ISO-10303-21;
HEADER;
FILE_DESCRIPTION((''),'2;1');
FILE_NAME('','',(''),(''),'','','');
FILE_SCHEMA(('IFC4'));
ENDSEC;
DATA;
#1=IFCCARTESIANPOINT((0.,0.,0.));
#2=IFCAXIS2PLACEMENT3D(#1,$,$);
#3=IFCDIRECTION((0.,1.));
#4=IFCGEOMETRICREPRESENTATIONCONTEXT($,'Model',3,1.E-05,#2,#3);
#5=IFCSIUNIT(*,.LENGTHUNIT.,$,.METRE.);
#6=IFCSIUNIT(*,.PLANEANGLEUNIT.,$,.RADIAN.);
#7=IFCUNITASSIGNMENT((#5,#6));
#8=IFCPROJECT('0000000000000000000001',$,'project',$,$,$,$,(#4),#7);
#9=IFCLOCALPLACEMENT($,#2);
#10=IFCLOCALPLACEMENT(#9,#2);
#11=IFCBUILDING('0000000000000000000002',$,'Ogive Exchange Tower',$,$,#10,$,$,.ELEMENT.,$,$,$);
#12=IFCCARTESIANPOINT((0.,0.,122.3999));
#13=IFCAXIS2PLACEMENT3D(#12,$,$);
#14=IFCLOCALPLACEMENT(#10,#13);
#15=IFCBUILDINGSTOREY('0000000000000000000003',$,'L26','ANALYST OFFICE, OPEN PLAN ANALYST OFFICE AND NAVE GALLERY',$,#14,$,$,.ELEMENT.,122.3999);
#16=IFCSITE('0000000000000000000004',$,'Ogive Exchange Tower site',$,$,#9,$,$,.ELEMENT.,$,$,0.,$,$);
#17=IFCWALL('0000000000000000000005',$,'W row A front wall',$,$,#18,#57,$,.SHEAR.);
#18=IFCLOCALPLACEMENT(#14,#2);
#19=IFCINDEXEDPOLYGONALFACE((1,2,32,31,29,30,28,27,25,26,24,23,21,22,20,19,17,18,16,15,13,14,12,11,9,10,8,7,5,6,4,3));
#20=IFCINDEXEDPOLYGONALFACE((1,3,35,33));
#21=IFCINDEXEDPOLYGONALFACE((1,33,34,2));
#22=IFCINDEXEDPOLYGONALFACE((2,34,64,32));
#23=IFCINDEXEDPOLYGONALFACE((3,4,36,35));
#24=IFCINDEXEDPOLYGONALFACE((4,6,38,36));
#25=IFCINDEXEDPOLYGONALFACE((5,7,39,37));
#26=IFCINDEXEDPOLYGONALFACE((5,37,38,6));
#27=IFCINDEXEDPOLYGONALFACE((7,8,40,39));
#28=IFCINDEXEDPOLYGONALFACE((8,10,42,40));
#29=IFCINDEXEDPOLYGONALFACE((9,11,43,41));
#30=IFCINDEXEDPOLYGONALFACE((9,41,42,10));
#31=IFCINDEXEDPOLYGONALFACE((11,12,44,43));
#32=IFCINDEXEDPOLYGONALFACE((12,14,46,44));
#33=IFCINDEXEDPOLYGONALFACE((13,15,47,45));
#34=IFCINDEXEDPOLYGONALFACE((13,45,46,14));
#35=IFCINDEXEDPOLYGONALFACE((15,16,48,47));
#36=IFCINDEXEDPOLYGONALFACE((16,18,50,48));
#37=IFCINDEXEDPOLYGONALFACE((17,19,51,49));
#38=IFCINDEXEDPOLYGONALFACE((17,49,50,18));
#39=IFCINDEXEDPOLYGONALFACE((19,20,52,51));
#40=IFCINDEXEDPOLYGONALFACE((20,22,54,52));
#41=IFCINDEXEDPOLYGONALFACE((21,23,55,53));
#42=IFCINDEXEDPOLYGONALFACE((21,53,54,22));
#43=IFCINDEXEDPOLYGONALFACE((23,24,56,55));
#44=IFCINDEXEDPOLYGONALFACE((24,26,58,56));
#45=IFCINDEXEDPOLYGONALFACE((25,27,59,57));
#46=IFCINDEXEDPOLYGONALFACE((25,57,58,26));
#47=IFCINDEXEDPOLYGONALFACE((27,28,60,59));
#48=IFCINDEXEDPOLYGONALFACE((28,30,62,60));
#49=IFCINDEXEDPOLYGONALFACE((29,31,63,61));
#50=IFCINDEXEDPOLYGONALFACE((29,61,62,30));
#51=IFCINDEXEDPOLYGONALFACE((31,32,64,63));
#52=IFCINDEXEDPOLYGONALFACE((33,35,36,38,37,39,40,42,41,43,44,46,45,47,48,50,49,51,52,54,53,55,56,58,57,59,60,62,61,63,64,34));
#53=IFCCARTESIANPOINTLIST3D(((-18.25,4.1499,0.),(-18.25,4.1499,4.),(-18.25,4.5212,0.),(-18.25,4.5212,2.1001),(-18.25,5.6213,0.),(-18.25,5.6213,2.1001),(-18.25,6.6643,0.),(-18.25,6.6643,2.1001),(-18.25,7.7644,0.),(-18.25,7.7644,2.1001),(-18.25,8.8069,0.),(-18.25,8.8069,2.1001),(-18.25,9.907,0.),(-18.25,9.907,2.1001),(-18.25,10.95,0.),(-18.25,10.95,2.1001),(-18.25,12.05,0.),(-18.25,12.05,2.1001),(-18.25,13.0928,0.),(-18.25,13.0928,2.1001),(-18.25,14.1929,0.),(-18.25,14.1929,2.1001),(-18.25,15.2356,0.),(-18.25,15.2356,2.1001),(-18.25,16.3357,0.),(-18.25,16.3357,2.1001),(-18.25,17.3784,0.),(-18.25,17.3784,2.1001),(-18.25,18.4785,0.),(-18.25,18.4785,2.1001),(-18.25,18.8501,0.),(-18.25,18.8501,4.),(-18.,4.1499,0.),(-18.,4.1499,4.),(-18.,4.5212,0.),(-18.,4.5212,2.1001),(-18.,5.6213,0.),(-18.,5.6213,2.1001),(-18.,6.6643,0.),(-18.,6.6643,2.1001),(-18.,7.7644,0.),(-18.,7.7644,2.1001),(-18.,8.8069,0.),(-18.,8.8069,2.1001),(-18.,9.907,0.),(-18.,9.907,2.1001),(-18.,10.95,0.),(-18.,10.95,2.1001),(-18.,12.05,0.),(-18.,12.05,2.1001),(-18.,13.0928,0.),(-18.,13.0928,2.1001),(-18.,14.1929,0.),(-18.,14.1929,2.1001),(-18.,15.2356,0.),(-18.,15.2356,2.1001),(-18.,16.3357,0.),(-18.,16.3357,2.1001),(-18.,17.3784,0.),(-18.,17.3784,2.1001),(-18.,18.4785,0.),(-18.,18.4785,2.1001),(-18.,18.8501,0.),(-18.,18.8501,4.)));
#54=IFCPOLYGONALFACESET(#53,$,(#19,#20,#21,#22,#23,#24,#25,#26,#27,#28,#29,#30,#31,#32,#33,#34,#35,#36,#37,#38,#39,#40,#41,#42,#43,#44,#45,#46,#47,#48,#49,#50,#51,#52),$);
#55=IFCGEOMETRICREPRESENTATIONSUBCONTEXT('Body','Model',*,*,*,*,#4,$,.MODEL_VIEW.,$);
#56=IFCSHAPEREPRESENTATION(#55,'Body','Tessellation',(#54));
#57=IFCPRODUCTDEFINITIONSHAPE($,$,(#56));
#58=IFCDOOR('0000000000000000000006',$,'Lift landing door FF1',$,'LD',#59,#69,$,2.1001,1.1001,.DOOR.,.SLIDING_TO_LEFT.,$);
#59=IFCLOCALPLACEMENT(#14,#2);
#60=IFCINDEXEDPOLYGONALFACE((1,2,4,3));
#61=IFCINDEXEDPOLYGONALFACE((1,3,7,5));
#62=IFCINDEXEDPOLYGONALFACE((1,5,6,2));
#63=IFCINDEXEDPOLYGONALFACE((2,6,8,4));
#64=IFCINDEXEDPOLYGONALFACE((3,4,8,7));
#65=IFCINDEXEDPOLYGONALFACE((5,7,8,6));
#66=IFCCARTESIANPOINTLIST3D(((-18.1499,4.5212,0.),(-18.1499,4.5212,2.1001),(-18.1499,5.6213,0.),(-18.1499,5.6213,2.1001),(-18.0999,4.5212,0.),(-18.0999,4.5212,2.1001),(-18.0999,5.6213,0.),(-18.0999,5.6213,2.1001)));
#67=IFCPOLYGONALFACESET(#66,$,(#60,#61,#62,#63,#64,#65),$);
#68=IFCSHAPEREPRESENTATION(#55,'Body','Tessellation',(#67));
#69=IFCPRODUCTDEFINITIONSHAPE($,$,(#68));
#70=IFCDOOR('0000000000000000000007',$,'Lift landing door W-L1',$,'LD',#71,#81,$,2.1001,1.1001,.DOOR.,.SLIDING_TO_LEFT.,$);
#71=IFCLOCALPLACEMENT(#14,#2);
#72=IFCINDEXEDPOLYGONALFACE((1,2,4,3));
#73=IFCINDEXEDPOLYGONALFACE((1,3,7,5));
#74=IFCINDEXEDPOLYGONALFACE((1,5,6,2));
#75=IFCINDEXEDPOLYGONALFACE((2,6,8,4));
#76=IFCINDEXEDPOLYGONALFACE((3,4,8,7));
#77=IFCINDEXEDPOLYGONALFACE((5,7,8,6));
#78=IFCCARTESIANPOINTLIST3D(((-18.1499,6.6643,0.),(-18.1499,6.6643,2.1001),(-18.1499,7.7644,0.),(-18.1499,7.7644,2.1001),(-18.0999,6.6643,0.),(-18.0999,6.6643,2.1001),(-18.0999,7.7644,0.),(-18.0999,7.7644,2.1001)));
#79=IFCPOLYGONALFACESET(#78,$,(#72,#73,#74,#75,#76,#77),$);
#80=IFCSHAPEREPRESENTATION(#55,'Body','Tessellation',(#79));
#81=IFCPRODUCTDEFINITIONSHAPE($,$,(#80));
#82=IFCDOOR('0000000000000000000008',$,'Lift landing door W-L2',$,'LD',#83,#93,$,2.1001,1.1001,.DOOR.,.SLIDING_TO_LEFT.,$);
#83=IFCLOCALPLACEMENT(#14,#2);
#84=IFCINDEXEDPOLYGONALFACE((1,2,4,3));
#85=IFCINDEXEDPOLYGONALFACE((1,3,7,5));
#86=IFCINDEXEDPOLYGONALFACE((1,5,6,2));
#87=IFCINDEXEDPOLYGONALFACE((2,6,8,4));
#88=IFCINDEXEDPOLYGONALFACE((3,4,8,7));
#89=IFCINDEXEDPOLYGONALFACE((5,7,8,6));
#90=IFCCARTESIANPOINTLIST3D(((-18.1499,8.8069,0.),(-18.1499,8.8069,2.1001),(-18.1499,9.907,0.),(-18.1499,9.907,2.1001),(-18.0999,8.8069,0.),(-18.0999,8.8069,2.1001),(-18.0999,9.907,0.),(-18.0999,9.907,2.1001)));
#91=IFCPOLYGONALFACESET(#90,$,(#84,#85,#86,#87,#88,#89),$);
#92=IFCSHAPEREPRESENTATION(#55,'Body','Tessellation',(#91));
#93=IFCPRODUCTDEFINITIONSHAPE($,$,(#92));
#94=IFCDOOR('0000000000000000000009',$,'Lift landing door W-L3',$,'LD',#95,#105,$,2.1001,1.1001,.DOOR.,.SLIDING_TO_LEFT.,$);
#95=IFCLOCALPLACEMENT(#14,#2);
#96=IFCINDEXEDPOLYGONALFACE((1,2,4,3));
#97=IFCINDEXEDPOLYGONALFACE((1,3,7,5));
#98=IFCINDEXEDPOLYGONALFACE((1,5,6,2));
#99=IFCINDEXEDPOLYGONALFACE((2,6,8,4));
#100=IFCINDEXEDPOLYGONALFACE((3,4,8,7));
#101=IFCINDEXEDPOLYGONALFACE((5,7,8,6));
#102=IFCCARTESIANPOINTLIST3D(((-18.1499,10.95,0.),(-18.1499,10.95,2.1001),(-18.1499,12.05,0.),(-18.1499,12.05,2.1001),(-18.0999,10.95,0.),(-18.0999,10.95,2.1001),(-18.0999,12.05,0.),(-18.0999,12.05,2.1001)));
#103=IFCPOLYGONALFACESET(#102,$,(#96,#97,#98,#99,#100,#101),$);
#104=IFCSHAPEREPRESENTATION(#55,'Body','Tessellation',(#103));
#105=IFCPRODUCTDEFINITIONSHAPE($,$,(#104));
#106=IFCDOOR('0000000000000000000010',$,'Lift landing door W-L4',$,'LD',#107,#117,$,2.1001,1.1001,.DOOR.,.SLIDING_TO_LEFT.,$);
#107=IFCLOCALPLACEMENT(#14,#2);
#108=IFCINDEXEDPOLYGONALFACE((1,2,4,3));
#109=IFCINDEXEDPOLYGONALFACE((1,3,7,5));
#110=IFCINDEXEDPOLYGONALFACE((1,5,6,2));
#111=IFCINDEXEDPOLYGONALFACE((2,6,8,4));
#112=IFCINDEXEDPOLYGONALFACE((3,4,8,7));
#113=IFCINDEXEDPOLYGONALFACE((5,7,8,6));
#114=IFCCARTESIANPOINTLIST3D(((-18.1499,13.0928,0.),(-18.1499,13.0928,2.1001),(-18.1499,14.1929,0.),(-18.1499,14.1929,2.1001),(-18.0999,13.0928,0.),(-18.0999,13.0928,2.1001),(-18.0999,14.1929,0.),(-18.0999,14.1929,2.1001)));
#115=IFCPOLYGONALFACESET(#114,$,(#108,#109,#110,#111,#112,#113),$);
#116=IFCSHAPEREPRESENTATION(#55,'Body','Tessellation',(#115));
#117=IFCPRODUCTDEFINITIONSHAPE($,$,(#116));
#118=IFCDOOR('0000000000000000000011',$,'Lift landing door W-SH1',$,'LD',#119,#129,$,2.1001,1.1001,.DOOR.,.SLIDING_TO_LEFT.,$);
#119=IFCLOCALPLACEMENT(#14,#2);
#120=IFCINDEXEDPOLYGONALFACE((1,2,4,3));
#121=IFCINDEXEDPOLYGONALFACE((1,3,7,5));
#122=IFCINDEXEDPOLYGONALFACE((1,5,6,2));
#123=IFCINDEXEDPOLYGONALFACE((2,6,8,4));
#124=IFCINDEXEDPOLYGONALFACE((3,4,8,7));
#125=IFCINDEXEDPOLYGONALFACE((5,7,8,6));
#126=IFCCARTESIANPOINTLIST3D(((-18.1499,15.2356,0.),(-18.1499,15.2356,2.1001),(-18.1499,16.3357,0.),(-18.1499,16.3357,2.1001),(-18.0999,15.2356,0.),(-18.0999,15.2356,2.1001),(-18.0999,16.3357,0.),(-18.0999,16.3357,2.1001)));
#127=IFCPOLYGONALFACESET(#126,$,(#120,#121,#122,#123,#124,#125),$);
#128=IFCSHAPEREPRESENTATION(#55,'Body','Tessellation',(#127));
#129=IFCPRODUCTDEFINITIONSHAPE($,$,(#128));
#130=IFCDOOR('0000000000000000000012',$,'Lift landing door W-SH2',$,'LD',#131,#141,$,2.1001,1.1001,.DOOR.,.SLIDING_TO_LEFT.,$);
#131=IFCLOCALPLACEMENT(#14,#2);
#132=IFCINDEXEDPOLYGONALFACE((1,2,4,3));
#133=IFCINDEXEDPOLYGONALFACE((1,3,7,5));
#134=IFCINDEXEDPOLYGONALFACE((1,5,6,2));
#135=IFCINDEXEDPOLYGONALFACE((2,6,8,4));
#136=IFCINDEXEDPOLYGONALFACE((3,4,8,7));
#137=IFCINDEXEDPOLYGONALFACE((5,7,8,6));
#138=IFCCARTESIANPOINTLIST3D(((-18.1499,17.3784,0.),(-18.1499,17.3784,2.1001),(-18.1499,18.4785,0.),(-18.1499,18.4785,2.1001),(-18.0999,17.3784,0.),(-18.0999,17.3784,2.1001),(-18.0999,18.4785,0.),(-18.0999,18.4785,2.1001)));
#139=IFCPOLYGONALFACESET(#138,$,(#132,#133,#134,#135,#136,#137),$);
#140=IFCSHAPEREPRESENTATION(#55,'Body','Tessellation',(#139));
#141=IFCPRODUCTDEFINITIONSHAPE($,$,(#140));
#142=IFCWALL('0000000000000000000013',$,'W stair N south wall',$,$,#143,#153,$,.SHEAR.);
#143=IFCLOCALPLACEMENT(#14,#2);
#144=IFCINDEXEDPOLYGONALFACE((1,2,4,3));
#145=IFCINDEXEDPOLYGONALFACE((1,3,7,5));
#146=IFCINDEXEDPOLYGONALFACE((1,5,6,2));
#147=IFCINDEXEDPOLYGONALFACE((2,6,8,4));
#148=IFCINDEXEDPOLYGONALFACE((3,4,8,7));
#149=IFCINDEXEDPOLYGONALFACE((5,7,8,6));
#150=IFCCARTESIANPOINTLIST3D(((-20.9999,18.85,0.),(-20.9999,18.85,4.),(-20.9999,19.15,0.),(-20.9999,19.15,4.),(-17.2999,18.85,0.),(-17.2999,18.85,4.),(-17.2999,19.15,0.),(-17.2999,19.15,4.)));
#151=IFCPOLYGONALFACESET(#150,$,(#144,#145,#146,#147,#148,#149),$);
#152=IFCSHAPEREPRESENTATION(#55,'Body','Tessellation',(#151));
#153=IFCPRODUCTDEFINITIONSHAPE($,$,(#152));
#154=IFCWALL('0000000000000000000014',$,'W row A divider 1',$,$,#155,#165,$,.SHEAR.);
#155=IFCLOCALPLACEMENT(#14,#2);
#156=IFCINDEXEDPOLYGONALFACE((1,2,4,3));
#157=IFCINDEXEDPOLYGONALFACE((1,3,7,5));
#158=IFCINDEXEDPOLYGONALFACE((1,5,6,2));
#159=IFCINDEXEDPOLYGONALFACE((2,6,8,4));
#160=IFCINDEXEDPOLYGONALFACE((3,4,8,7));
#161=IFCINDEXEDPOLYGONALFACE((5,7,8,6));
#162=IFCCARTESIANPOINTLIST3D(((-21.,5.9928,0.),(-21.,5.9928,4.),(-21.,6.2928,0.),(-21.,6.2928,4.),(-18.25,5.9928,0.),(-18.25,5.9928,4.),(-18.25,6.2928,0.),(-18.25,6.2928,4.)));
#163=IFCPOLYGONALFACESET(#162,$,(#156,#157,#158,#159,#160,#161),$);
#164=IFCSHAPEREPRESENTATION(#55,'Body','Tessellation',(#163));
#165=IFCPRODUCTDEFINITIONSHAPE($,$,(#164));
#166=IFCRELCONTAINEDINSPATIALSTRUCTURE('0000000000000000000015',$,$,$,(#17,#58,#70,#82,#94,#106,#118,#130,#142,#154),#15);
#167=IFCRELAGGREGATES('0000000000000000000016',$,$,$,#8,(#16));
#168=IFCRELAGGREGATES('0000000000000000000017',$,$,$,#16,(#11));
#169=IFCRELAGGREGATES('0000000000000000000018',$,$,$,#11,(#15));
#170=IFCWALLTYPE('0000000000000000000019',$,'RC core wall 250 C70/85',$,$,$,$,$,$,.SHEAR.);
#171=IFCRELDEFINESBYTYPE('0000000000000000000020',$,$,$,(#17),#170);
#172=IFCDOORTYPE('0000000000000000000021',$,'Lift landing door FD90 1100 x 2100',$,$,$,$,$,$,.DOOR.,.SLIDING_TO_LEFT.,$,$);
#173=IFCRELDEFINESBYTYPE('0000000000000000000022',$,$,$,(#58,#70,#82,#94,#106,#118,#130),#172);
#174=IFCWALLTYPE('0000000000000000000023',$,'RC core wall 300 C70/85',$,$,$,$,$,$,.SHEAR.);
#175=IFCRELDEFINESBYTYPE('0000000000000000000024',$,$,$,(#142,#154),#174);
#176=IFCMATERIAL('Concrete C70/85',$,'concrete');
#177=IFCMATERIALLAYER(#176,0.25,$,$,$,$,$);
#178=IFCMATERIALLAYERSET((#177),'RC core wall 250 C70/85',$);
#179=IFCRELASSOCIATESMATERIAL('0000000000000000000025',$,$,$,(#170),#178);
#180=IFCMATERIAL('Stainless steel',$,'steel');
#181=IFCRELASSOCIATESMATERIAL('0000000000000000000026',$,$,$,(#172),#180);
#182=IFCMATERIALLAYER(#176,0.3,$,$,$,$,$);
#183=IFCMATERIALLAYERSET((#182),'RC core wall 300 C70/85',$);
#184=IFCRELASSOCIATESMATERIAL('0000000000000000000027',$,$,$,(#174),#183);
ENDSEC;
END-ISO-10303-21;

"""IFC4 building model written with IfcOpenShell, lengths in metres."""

from ifc_helpers import new_model, si_unit, direction, frame, frame_2d, origin, place, context, subcontext, project, spatial, rectangle, extrude, material, layer, layer_set, type_object, element, fill, save


model = new_model("IFC4")

# Units and contexts
model_context = context("Model", 3, precision=1e-05, world=origin(), true_north=direction((0.0, 1.0)))
body_context = subcontext(model_context, "Body", "Model", "MODEL_VIEW")
ifc_project = project(units=[si_unit("LENGTHUNIT", "METRE"), si_unit("PLANEANGLEUNIT", "RADIAN")], contexts=[model_context])

# Site, building, storey
site_placement = place(None, origin())
site = spatial("IfcSite", under=ifc_project, at=site_placement, Name="Ogive Exchange Tower site", CompositionType="ELEMENT", RefElevation=0.0)
building_placement = place(site_placement, origin())
building = spatial("IfcBuilding", under=site, at=building_placement, Name="Ogive Exchange Tower", CompositionType="ELEMENT")
storey_placement = place(building_placement, frame((0.0, 0.0, 122.3999)))
storey = spatial("IfcBuildingStorey", under=building, at=storey_placement, Name="L26", Description="ANALYST OFFICE, OPEN PLAN ANALYST OFFICE AND NAVE GALLERY", CompositionType="ELEMENT", Elevation=122.3999)

# Wall, openings, doors
ifc_material_1 = material(Name="Concrete C70/85", Category="concrete")
ifc_layer_1 = layer(ifc_material_1, 0.25)
ifc_layer_set_1 = layer_set([ifc_layer_1], Name="RC core wall 250 C70/85")
wall_type_1 = type_object("IfcWallType", Name="RC core wall 250 C70/85", PredefinedType="SHEAR", material=ifc_layer_set_1)
wall_1_placement = place(storey_placement, frame((-18.125, 4.1499, 0.0), z_axis=(0.0, 0.0, 1.0), x_axis=(0.0, 1.0, 0.0)))
wall_1 = element("IfcWall", 1, at=wall_1_placement, inside=storey, type_object=wall_type_1, Name="W row A front wall", PredefinedType="SHEAR", context=body_context, shape_type="SweptSolid", body=[
    extrude(rectangle(XDim=14.7002, YDim=0.25, at=frame_2d((7.3501, 0.0))), origin(), (0.0, 0.0, 1.0), 4.0),
])
opening_1_placement = place(wall_1_placement, frame((0.3713, 0.0, 0.0)))
opening_1 = element("IfcOpeningElement", 2, at=opening_1_placement, cuts=wall_1, PredefinedType="OPENING", context=body_context, shape_type="SweptSolid", body=[
    extrude(rectangle(XDim=1.1001, YDim=2.1001, at=frame_2d((0.55, 1.05))), frame((0.0, 0.135, 0.0), z_axis=(0.0, -1.0, 0.0), x_axis=(1.0, 0.0, 0.0)), (0.0, 0.0, 1.0), 0.27),
])
opening_2_placement = place(wall_1_placement, frame((2.5144, 0.0, 0.0)))
opening_2 = element("IfcOpeningElement", 3, at=opening_2_placement, cuts=wall_1, PredefinedType="OPENING", context=body_context, shape_type="SweptSolid", body=[
    extrude(rectangle(XDim=1.1001, YDim=2.1001, at=frame_2d((0.55, 1.05))), frame((0.0, 0.135, 0.0), z_axis=(0.0, -1.0, 0.0), x_axis=(1.0, 0.0, 0.0)), (0.0, 0.0, 1.0), 0.27),
])
opening_3_placement = place(wall_1_placement, frame((4.657, 0.0, 0.0)))
opening_3 = element("IfcOpeningElement", 4, at=opening_3_placement, cuts=wall_1, PredefinedType="OPENING", context=body_context, shape_type="SweptSolid", body=[
    extrude(rectangle(XDim=1.1001, YDim=2.1001, at=frame_2d((0.55, 1.05))), frame((0.0, 0.135, 0.0), z_axis=(0.0, -1.0, 0.0), x_axis=(1.0, 0.0, 0.0)), (0.0, 0.0, 1.0), 0.27),
])
opening_4_placement = place(wall_1_placement, frame((6.8, 0.0, 0.0)))
opening_4 = element("IfcOpeningElement", 5, at=opening_4_placement, cuts=wall_1, PredefinedType="OPENING", context=body_context, shape_type="SweptSolid", body=[
    extrude(rectangle(XDim=1.1001, YDim=2.1001, at=frame_2d((0.55, 1.05))), frame((0.0, 0.135, 0.0), z_axis=(0.0, -1.0, 0.0), x_axis=(1.0, 0.0, 0.0)), (0.0, 0.0, 1.0), 0.27),
])
opening_5_placement = place(wall_1_placement, frame((8.9429, 0.0, 0.0)))
opening_5 = element("IfcOpeningElement", 6, at=opening_5_placement, cuts=wall_1, PredefinedType="OPENING", context=body_context, shape_type="SweptSolid", body=[
    extrude(rectangle(XDim=1.1001, YDim=2.1001, at=frame_2d((0.55, 1.05))), frame((0.0, 0.135, 0.0), z_axis=(0.0, -1.0, 0.0), x_axis=(1.0, 0.0, 0.0)), (0.0, 0.0, 1.0), 0.27),
])
opening_6_placement = place(wall_1_placement, frame((11.0857, 0.0, 0.0)))
opening_6 = element("IfcOpeningElement", 7, at=opening_6_placement, cuts=wall_1, PredefinedType="OPENING", context=body_context, shape_type="SweptSolid", body=[
    extrude(rectangle(XDim=1.1001, YDim=2.1001, at=frame_2d((0.55, 1.05))), frame((0.0, 0.135, 0.0), z_axis=(0.0, -1.0, 0.0), x_axis=(1.0, 0.0, 0.0)), (0.0, 0.0, 1.0), 0.27),
])
opening_7_placement = place(wall_1_placement, frame((13.2285, 0.0, 0.0)))
opening_7 = element("IfcOpeningElement", 8, at=opening_7_placement, cuts=wall_1, PredefinedType="OPENING", context=body_context, shape_type="SweptSolid", body=[
    extrude(rectangle(XDim=1.1001, YDim=2.1001, at=frame_2d((0.55, 1.05))), frame((0.0, 0.135, 0.0), z_axis=(0.0, -1.0, 0.0), x_axis=(1.0, 0.0, 0.0)), (0.0, 0.0, 1.0), 0.27),
])
ifc_material_2 = material(Name="Stainless steel", Category="steel")
door_type = type_object("IfcDoorType", Name="Lift landing door FD90 1100 x 2100", OperationType="SLIDING_TO_LEFT", PredefinedType="DOOR", material=ifc_material_2)
door_1_placement = place(opening_1_placement, origin())
door_1 = element("IfcDoor", 9, at=door_1_placement, inside=storey, type_object=door_type, Name="Lift landing door FF1", ObjectType="LD", OperationType="SLIDING_TO_LEFT", OverallHeight=2.1001, OverallWidth=1.1001, PredefinedType="DOOR", context=body_context, shape_type="SweptSolid", body=[
    extrude(rectangle(XDim=1.1001, YDim=2.1001, at=frame_2d((0.55, 1.05))), frame((0.0, 0.0249, 0.0), z_axis=(0.0, -1.0, 0.0), x_axis=(1.0, 0.0, 0.0)), (0.0, 0.0, 1.0), 0.05),
])
fill(opening_1, door_1)
door_2_placement = place(opening_2_placement, origin())
door_2 = element("IfcDoor", 10, at=door_2_placement, inside=storey, type_object=door_type, Name="Lift landing door W-L1", ObjectType="LD", OperationType="SLIDING_TO_LEFT", OverallHeight=2.1001, OverallWidth=1.1001, PredefinedType="DOOR", context=body_context, shape_type="SweptSolid", body=[
    extrude(rectangle(XDim=1.1001, YDim=2.1001, at=frame_2d((0.55, 1.05))), frame((0.0, 0.0249, 0.0), z_axis=(0.0, -1.0, 0.0), x_axis=(1.0, 0.0, 0.0)), (0.0, 0.0, 1.0), 0.05),
])
fill(opening_2, door_2)
door_3_placement = place(opening_3_placement, origin())
door_3 = element("IfcDoor", 11, at=door_3_placement, inside=storey, type_object=door_type, Name="Lift landing door W-L2", ObjectType="LD", OperationType="SLIDING_TO_LEFT", OverallHeight=2.1001, OverallWidth=1.1001, PredefinedType="DOOR", context=body_context, shape_type="SweptSolid", body=[
    extrude(rectangle(XDim=1.1001, YDim=2.1001, at=frame_2d((0.55, 1.05))), frame((0.0, 0.0249, 0.0), z_axis=(0.0, -1.0, 0.0), x_axis=(1.0, 0.0, 0.0)), (0.0, 0.0, 1.0), 0.05),
])
fill(opening_3, door_3)
door_4_placement = place(opening_4_placement, origin())
door_4 = element("IfcDoor", 12, at=door_4_placement, inside=storey, type_object=door_type, Name="Lift landing door W-L3", ObjectType="LD", OperationType="SLIDING_TO_LEFT", OverallHeight=2.1001, OverallWidth=1.1001, PredefinedType="DOOR", context=body_context, shape_type="SweptSolid", body=[
    extrude(rectangle(XDim=1.1001, YDim=2.1001, at=frame_2d((0.55, 1.05))), frame((0.0, 0.0249, 0.0), z_axis=(0.0, -1.0, 0.0), x_axis=(1.0, 0.0, 0.0)), (0.0, 0.0, 1.0), 0.05),
])
fill(opening_4, door_4)
door_5_placement = place(opening_5_placement, origin())
door_5 = element("IfcDoor", 13, at=door_5_placement, inside=storey, type_object=door_type, Name="Lift landing door W-L4", ObjectType="LD", OperationType="SLIDING_TO_LEFT", OverallHeight=2.1001, OverallWidth=1.1001, PredefinedType="DOOR", context=body_context, shape_type="SweptSolid", body=[
    extrude(rectangle(XDim=1.1001, YDim=2.1001, at=frame_2d((0.55, 1.05))), frame((0.0, 0.0249, 0.0), z_axis=(0.0, -1.0, 0.0), x_axis=(1.0, 0.0, 0.0)), (0.0, 0.0, 1.0), 0.05),
])
fill(opening_5, door_5)
door_6_placement = place(opening_6_placement, origin())
door_6 = element("IfcDoor", 14, at=door_6_placement, inside=storey, type_object=door_type, Name="Lift landing door W-SH1", ObjectType="LD", OperationType="SLIDING_TO_LEFT", OverallHeight=2.1001, OverallWidth=1.1001, PredefinedType="DOOR", context=body_context, shape_type="SweptSolid", body=[
    extrude(rectangle(XDim=1.1001, YDim=2.1001, at=frame_2d((0.55, 1.05))), frame((0.0, 0.0249, 0.0), z_axis=(0.0, -1.0, 0.0), x_axis=(1.0, 0.0, 0.0)), (0.0, 0.0, 1.0), 0.05),
])
fill(opening_6, door_6)
door_7_placement = place(opening_7_placement, origin())
door_7 = element("IfcDoor", 15, at=door_7_placement, inside=storey, type_object=door_type, Name="Lift landing door W-SH2", ObjectType="LD", OperationType="SLIDING_TO_LEFT", OverallHeight=2.1001, OverallWidth=1.1001, PredefinedType="DOOR", context=body_context, shape_type="SweptSolid", body=[
    extrude(rectangle(XDim=1.1001, YDim=2.1001, at=frame_2d((0.55, 1.05))), frame((0.0, 0.0249, 0.0), z_axis=(0.0, -1.0, 0.0), x_axis=(1.0, 0.0, 0.0)), (0.0, 0.0, 1.0), 0.05),
])
fill(opening_7, door_7)

# Walls
ifc_layer_2 = layer(ifc_material_1, 0.3)
ifc_layer_set_2 = layer_set([ifc_layer_2], Name="RC core wall 300 C70/85")
wall_type_2 = type_object("IfcWallType", Name="RC core wall 300 C70/85", PredefinedType="SHEAR", material=ifc_layer_set_2)
wall_2_placement = place(storey_placement, frame((-21.0, 19.0, 0.0), z_axis=(0.0, 0.0, 1.0), x_axis=(1.0, 0.0, 0.0)))
element("IfcWall", 16, at=wall_2_placement, inside=storey, type_object=wall_type_2, Name="W stair N south wall", PredefinedType="SHEAR", context=body_context, shape_type="SweptSolid", body=[
    extrude(rectangle(XDim=3.7, YDim=0.3, at=frame_2d((1.8501, 0.0))), origin(), (0.0, 0.0, 1.0), 4.0),
])
for number, where, z_axis, x_axis, name in (
    (17, (-21.0, 6.1428, 0.0), (0.0, 0.0, 1.0), (1.0, 0.0, 0.0), "W row A divider 1"),
):
    element("IfcWall", number, at=place(storey_placement, frame(where, z_axis=z_axis, x_axis=x_axis)), inside=storey, type_object=wall_type_2, Name=name, PredefinedType="SHEAR", context=body_context, shape_type="SweptSolid", body=[
        extrude(rectangle(XDim=2.75, YDim=0.3, at=frame_2d((1.375, 0.0))), origin(), (0.0, 0.0, 1.0), 4.0),
    ])

save(model, "model.ifc")
